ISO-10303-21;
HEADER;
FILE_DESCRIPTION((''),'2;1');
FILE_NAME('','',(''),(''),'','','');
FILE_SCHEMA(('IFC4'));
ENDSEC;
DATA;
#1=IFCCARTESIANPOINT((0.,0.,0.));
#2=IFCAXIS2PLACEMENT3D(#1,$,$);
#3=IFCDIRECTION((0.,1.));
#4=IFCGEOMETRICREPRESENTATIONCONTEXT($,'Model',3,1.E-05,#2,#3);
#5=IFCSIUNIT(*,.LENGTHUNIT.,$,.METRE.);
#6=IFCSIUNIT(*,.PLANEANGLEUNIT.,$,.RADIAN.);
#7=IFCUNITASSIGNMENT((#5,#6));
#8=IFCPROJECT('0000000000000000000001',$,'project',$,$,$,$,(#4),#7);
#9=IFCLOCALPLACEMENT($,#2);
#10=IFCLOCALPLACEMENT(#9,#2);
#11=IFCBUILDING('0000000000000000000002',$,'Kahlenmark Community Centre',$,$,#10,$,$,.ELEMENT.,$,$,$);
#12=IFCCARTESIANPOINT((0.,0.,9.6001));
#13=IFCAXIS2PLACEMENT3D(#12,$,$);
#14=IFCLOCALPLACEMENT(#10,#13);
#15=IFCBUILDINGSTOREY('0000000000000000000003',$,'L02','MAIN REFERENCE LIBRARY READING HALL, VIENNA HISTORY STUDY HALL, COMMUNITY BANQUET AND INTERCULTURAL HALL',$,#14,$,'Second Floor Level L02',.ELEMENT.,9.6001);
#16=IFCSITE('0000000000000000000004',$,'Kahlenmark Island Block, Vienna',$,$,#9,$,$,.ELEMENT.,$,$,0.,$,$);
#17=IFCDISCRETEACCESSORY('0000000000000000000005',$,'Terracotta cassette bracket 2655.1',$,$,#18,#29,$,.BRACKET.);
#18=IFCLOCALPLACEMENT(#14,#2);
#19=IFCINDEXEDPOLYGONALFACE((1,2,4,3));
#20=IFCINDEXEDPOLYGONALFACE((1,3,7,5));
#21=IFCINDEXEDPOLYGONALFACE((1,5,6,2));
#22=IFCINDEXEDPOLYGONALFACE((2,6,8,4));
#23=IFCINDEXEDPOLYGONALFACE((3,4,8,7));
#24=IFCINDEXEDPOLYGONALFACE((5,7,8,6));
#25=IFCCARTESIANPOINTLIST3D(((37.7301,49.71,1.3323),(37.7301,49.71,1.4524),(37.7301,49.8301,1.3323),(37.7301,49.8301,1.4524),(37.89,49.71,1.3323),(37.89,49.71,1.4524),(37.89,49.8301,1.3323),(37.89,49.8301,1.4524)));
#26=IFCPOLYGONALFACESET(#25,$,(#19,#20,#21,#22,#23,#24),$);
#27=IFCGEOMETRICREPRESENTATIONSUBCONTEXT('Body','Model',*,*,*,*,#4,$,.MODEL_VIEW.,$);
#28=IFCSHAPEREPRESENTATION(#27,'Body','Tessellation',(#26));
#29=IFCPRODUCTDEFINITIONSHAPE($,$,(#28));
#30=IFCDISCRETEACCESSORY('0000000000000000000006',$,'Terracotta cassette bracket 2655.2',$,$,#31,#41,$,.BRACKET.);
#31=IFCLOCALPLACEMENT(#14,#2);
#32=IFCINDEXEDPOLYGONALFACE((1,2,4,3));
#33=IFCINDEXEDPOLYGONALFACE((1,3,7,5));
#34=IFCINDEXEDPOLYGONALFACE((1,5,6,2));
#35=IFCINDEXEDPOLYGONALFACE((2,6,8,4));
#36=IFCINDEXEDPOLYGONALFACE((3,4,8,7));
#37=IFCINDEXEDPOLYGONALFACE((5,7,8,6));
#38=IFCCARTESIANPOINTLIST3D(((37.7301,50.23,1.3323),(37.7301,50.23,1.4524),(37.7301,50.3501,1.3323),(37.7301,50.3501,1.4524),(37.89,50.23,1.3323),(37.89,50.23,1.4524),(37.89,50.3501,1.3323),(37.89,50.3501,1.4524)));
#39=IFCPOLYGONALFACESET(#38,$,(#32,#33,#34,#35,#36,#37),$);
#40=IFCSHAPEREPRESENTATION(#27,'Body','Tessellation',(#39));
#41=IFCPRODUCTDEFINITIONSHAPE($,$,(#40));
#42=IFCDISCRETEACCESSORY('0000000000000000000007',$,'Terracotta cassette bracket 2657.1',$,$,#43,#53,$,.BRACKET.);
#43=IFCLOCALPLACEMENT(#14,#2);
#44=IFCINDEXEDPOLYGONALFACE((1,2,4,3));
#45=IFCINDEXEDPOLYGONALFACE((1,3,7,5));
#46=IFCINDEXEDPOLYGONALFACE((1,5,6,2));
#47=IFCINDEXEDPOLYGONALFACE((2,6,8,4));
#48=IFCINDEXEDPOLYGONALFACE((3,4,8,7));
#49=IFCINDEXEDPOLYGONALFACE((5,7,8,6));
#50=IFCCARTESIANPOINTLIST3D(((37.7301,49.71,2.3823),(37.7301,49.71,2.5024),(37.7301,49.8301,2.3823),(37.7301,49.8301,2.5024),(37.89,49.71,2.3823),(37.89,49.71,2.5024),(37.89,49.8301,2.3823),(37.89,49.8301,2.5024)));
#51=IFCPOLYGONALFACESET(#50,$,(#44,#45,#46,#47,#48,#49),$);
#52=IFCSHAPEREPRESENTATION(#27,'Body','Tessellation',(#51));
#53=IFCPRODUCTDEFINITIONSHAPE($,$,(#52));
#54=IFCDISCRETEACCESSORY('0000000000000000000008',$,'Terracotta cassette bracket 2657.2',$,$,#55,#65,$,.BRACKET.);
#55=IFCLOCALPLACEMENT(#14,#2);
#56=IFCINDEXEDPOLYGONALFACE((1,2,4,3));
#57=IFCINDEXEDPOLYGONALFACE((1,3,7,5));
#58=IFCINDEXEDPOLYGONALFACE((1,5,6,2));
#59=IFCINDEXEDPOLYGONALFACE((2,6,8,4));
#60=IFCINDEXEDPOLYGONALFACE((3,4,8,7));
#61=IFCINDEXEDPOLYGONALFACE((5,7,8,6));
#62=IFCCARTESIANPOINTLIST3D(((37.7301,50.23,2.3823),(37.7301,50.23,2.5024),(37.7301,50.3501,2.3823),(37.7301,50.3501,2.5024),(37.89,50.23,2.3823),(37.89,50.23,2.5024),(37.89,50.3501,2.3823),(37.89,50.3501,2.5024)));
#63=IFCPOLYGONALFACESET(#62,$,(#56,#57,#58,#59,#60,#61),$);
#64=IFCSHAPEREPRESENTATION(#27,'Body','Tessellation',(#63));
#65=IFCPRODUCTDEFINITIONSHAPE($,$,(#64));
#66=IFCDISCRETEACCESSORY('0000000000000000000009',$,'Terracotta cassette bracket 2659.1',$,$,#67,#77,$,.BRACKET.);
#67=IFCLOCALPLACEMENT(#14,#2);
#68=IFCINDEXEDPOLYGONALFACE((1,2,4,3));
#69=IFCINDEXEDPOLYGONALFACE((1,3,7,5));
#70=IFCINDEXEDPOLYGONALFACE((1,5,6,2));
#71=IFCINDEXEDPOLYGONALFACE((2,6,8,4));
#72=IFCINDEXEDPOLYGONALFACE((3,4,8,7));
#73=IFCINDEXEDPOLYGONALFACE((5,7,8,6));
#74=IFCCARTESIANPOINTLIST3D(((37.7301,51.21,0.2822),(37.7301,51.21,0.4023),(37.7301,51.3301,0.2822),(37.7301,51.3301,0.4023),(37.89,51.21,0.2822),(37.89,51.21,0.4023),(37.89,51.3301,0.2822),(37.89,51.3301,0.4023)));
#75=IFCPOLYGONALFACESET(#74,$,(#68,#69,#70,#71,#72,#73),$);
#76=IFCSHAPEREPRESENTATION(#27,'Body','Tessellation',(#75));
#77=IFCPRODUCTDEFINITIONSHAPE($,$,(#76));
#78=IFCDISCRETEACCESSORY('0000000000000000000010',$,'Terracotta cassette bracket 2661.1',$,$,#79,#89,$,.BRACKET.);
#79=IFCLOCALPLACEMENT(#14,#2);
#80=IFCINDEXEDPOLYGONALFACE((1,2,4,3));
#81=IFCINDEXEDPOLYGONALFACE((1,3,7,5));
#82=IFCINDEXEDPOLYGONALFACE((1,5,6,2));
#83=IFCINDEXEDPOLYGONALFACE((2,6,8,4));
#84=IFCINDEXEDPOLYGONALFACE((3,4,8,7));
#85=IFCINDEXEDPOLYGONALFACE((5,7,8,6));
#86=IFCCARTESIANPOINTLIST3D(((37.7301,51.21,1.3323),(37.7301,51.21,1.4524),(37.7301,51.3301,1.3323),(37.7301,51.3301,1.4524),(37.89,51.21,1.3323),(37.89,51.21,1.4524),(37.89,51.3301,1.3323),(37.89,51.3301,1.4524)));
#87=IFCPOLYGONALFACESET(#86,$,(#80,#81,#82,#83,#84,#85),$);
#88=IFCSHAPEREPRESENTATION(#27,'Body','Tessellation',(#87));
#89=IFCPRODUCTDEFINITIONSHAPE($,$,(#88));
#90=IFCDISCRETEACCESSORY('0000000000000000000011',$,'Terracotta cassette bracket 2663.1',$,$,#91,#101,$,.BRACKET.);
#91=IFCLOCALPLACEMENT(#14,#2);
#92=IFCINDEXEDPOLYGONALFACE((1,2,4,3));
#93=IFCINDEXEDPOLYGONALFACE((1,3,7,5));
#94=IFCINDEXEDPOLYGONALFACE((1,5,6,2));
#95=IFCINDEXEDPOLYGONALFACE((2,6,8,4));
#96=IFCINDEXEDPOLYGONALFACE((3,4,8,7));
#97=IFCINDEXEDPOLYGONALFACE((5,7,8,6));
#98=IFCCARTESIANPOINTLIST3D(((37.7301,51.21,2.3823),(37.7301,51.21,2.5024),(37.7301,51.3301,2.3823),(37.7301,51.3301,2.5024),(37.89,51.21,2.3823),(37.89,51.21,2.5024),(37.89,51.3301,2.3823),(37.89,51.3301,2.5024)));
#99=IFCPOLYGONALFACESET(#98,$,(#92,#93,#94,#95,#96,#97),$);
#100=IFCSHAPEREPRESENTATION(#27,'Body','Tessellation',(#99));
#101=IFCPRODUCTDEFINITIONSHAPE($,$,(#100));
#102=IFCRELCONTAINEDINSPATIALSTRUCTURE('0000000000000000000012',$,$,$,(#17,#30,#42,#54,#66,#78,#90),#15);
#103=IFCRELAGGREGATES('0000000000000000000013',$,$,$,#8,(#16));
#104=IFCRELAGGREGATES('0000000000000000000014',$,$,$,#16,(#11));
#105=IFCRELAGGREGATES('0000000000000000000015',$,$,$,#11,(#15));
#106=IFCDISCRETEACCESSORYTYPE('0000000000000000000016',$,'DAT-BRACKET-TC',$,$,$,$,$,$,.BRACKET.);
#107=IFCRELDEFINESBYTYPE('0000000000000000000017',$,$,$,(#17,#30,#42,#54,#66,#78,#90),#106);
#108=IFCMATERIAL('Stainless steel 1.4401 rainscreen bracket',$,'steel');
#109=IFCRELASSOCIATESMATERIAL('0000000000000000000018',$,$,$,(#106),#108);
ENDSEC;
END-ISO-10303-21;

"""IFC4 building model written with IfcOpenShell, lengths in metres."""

from ifc_helpers import new_model, si_unit, direction, frame, origin, origin_2d, place, context, subcontext, project, spatial, rectangle, extrude, material, type_object, element, save


model = new_model("IFC4")

# Units and contexts
model_context = context("Model", 3, precision=1e-05, world=origin(), true_north=direction((0.0, 1.0)))
body_context = subcontext(model_context, "Body", "Model", "MODEL_VIEW")
ifc_project = project(units=[si_unit("LENGTHUNIT", "METRE"), si_unit("PLANEANGLEUNIT", "RADIAN")], contexts=[model_context])

# Site, building, storey
site_placement = place(None, origin())
site = spatial("IfcSite", under=ifc_project, at=site_placement, Name="Kahlenmark Island Block, Vienna", CompositionType="ELEMENT", RefElevation=0.0)
building_placement = place(site_placement, origin())
building = spatial("IfcBuilding", under=site, at=building_placement, Name="Kahlenmark Community Centre", CompositionType="ELEMENT")
storey_placement = place(building_placement, frame((0.0, 0.0, 9.6001)))
storey = spatial("IfcBuildingStorey", under=building, at=storey_placement, Name="L02", Description="MAIN REFERENCE LIBRARY READING HALL, VIENNA HISTORY STUDY HALL, COMMUNITY BANQUET AND INTERCULTURAL HALL", LongName="Second Floor Level L02", CompositionType="ELEMENT", Elevation=9.6001)

# Discrete accessories
ifc_material_1 = material(Name="Stainless steel 1.4401 rainscreen bracket", Category="steel")
discrete_accessory_type = type_object("IfcDiscreteAccessoryType", Name="DAT-BRACKET-TC", PredefinedType="BRACKET", material=ifc_material_1)
for number, where, z_axis, x_axis, name in (
    (1, (37.8101, 49.77, 1.3323), (0.0, 0.0, 1.0), (0.0, 1.0, 0.0), "Terracotta cassette bracket 2655.1"),
    (2, (37.8101, 50.29, 1.3323), (0.0, 0.0, 1.0), (0.0, 1.0, 0.0), "Terracotta cassette bracket 2655.2"),
    (3, (37.8101, 49.77, 2.3823), (0.0, 0.0, 1.0), (0.0, 1.0, 0.0), "Terracotta cassette bracket 2657.1"),
    (4, (37.8101, 50.29, 2.3823), (0.0, 0.0, 1.0), (0.0, 1.0, 0.0), "Terracotta cassette bracket 2657.2"),
    (5, (37.8101, 51.27, 0.2822), (0.0, 0.0, 1.0), (0.0, 1.0, 0.0), "Terracotta cassette bracket 2659.1"),
    (6, (37.8101, 51.27, 1.3323), (0.0, 0.0, 1.0), (0.0, 1.0, 0.0), "Terracotta cassette bracket 2661.1"),
    (7, (37.8101, 51.27, 2.3823), (0.0, 0.0, 1.0), (0.0, 1.0, 0.0), "Terracotta cassette bracket 2663.1"),
):
    element("IfcDiscreteAccessory", number, at=place(storey_placement, frame(where, z_axis=z_axis, x_axis=x_axis)), inside=storey, type_object=discrete_accessory_type, Name=name, PredefinedType="BRACKET", context=body_context, shape_type="SweptSolid", body=[
        extrude(rectangle(XDim=0.1201, YDim=0.1599, at=origin_2d()), origin(), (0.0, 0.0, 1.0), 0.1201),
    ])

save(model, "model.ifc")
